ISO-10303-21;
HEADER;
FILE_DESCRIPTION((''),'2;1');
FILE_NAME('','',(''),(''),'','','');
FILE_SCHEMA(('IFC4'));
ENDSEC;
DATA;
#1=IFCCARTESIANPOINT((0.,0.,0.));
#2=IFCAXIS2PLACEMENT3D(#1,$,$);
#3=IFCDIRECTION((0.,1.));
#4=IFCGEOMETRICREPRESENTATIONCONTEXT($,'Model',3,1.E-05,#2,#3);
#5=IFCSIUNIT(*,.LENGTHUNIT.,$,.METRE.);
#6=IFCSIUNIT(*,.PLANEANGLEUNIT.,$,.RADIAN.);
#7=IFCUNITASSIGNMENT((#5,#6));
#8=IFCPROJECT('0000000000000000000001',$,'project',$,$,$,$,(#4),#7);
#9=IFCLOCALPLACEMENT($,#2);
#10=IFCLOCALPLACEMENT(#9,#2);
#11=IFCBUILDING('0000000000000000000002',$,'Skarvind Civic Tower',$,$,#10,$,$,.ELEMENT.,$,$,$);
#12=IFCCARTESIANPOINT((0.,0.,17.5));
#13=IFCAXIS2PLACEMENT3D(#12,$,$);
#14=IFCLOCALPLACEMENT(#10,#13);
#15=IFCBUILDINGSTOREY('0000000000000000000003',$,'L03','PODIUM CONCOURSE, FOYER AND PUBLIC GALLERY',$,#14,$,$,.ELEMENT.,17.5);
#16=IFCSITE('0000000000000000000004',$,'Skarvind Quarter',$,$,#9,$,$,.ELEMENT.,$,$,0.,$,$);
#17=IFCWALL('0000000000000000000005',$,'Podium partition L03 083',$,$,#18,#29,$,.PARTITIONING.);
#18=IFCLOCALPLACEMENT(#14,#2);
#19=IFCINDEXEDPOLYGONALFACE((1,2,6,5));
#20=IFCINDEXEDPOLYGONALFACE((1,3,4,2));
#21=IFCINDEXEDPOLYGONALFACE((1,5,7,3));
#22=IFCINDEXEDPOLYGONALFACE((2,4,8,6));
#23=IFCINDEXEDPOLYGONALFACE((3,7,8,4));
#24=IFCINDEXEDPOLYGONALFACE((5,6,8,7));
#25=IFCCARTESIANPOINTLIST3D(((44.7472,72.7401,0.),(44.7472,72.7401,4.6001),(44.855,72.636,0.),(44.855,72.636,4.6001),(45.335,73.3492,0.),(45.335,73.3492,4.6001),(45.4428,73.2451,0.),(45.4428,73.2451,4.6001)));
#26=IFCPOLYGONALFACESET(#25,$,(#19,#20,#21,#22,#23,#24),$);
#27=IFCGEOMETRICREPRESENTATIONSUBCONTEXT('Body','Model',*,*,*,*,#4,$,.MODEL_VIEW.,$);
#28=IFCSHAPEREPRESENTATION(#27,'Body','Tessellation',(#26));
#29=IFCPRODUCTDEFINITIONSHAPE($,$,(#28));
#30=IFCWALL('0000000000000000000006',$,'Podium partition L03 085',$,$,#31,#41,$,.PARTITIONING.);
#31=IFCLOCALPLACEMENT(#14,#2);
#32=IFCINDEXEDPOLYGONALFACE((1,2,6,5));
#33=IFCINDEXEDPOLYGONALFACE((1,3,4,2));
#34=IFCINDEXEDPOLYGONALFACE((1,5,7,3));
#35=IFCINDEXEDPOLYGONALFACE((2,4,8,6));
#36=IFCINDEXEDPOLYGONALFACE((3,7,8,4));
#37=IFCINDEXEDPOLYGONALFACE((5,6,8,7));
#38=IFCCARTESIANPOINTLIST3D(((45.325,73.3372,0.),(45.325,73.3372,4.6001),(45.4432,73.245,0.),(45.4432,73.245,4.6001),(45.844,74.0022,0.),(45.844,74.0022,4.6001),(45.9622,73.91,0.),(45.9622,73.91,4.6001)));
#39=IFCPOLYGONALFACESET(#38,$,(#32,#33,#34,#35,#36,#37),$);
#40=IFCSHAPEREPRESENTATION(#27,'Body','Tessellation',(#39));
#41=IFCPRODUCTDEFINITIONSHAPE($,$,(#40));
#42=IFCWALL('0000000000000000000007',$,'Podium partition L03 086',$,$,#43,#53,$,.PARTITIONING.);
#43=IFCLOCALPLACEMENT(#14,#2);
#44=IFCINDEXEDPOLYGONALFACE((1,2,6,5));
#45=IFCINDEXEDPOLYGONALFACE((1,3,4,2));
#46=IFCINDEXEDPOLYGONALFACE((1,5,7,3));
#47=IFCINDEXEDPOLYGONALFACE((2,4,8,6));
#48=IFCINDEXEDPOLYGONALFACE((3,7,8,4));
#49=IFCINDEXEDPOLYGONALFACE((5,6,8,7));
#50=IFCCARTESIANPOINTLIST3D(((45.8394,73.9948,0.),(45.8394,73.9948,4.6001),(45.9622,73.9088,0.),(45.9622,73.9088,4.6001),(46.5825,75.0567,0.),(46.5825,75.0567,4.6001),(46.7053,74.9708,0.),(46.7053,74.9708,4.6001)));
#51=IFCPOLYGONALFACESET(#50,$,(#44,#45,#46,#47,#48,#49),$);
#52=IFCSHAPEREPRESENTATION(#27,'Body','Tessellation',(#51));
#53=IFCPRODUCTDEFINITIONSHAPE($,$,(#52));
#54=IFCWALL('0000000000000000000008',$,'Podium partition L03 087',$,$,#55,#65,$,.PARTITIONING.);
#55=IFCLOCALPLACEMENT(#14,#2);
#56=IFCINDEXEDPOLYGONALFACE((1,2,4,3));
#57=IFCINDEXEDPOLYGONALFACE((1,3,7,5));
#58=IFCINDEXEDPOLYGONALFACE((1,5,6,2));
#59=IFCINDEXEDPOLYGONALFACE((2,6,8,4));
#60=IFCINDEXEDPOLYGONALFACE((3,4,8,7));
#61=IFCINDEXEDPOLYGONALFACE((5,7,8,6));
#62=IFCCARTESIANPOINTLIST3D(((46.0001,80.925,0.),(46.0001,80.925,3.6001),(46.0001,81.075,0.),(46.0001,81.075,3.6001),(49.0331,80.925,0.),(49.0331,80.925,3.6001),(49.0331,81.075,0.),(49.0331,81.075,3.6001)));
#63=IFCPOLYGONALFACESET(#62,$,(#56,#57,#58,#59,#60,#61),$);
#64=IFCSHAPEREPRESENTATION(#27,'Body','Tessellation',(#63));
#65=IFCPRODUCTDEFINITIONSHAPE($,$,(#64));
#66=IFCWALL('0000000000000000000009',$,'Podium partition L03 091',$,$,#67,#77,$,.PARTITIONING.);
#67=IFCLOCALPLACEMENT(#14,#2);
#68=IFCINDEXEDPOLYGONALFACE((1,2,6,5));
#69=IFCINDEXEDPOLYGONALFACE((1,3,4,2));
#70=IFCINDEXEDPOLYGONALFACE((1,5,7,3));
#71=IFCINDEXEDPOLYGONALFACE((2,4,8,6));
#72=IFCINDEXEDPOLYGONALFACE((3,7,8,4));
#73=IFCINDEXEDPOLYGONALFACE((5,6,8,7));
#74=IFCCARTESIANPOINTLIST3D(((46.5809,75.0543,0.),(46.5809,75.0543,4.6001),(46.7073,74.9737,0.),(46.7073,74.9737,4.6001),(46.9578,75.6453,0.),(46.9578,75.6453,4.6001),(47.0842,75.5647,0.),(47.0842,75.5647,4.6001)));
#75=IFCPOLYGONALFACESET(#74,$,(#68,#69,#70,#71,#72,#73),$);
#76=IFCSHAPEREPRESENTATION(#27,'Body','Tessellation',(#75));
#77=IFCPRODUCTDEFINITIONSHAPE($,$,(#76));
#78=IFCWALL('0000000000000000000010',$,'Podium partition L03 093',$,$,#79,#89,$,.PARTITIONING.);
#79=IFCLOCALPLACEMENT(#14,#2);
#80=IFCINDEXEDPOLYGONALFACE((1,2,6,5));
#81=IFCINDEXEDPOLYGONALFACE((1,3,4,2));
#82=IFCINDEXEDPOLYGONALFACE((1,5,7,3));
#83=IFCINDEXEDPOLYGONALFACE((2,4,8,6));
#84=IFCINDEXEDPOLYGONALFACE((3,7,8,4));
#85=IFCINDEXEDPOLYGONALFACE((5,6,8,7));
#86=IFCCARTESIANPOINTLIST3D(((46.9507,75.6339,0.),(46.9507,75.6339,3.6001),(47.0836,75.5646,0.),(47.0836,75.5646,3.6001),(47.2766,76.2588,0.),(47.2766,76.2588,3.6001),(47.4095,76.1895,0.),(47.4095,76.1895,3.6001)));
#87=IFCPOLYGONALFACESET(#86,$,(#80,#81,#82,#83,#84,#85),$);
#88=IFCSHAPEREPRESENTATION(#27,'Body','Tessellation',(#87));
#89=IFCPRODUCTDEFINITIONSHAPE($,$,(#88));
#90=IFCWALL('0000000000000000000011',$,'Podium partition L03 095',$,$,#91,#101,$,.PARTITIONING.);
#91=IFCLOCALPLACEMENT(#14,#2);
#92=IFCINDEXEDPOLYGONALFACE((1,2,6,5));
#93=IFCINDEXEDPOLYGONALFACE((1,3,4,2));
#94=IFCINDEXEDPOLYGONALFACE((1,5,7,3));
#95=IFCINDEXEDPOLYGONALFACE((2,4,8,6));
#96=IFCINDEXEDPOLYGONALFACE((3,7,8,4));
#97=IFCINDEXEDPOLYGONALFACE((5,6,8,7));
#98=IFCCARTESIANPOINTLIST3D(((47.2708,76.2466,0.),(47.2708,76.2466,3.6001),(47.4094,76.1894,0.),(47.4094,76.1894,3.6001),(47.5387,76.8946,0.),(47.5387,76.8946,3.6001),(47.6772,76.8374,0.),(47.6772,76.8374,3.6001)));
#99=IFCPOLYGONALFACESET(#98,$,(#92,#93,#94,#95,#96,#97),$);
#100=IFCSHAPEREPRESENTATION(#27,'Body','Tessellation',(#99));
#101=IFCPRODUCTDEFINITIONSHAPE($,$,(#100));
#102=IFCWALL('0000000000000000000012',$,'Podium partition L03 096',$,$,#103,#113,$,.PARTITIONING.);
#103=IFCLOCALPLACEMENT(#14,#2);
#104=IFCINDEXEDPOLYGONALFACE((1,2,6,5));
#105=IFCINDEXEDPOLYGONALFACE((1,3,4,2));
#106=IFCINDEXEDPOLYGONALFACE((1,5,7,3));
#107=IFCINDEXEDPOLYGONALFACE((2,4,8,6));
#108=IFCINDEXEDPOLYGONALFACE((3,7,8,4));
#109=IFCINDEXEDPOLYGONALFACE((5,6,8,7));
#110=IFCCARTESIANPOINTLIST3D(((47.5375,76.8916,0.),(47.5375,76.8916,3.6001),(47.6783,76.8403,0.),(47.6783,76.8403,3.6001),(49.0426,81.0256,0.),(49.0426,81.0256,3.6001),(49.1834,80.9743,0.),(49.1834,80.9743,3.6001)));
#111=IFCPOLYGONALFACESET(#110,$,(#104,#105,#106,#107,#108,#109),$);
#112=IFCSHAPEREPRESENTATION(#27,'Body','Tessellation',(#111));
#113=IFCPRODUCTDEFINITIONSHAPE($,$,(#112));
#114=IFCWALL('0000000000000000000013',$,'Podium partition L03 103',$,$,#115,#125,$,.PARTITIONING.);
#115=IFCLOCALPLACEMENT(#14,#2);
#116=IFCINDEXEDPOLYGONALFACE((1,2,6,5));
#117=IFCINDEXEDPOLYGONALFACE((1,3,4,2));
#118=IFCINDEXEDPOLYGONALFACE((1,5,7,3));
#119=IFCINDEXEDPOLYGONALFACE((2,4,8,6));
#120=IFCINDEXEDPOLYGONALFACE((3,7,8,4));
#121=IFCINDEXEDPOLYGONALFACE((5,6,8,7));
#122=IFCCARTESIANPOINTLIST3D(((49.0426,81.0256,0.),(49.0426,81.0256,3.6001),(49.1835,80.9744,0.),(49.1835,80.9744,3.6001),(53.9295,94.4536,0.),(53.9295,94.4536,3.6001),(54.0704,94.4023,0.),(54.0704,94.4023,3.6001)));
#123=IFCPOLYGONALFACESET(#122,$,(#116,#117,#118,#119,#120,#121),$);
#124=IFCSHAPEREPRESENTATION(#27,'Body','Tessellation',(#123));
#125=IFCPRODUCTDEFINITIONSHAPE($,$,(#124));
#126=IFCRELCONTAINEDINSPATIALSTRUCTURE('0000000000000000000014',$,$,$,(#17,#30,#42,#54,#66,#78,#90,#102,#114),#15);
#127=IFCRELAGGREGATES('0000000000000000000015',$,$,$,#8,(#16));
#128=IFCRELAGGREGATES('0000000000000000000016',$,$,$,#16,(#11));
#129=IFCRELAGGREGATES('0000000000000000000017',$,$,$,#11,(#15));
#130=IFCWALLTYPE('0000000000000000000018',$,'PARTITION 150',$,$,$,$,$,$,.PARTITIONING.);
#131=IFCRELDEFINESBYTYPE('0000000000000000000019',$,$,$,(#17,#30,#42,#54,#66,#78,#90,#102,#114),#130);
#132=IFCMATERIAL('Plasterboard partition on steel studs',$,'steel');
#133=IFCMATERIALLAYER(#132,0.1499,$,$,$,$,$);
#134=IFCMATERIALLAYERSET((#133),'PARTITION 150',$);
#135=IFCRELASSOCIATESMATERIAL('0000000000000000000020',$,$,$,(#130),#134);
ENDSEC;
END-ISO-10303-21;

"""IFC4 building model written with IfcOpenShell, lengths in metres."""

from ifc_helpers import new_model, si_unit, direction, frame, frame_2d, origin, place, context, subcontext, project, spatial, rectangle, extrude, material, layer, layer_set, type_object, element, save


model = new_model("IFC4")

# Units and contexts
model_context = context("Model", 3, precision=1e-05, world=origin(), true_north=direction((0.0, 1.0)))
body_context = subcontext(model_context, "Body", "Model", "MODEL_VIEW")
ifc_project = project(units=[si_unit("LENGTHUNIT", "METRE"), si_unit("PLANEANGLEUNIT", "RADIAN")], contexts=[model_context])

# Site, building, storey
site_placement = place(None, origin())
site = spatial("IfcSite", under=ifc_project, at=site_placement, Name="Skarvind Quarter", CompositionType="ELEMENT", RefElevation=0.0)
building_placement = place(site_placement, origin())
building = spatial("IfcBuilding", under=site, at=building_placement, Name="Skarvind Civic Tower", CompositionType="ELEMENT")
storey_placement = place(building_placement, frame((0.0, 0.0, 17.5)))
storey = spatial("IfcBuildingStorey", under=building, at=storey_placement, Name="L03", Description="PODIUM CONCOURSE, FOYER AND PUBLIC GALLERY", CompositionType="ELEMENT", Elevation=17.5)

# Walls
ifc_material_1 = material(Name="Plasterboard partition on steel studs", Category="steel")
ifc_layer = layer(ifc_material_1, 0.1499)
ifc_layer_set = layer_set([ifc_layer], Name="PARTITION 150")
wall_type = type_object("IfcWallType", Name="PARTITION 150", PredefinedType="PARTITIONING", material=ifc_layer_set)
wall_1_placement = place(storey_placement, frame((44.801, 72.688, 0.0), z_axis=(0.0, 0.0, 1.0), x_axis=(0.69445, 0.719541, 0.0)))
element("IfcWall", 1, at=wall_1_placement, inside=storey, type_object=wall_type, Name="Podium partition L03 083", PredefinedType="PARTITIONING", context=body_context, shape_type="SweptSolid", body=[
    extrude(rectangle(XDim=0.8464, YDim=0.1499, at=frame_2d((0.4233, 0.0))), origin(), (0.0, 0.0, 1.0), 4.6001),
])
wall_2_placement = place(storey_placement, frame((45.384, 73.291, 0.0), z_axis=(0.0, 0.0, 1.0), x_axis=(0.615262, 0.788323, 0.0)))
element("IfcWall", 2, at=wall_2_placement, inside=storey, type_object=wall_type, Name="Podium partition L03 085", PredefinedType="PARTITIONING", context=body_context, shape_type="SweptSolid", body=[
    extrude(rectangle(XDim=0.8435, YDim=0.1499, at=frame_2d((0.4219, 0.0))), origin(), (0.0, 0.0, 1.0), 4.6001),
])
wall_3_placement = place(storey_placement, frame((45.9009, 73.9519, 0.0), z_axis=(0.0, 0.0, 1.0), x_axis=(0.573336, 0.81932, 0.0)))
element("IfcWall", 3, at=wall_3_placement, inside=storey, type_object=wall_type, Name="Podium partition L03 086", PredefinedType="PARTITIONING", context=body_context, shape_type="SweptSolid", body=[
    extrude(rectangle(XDim=1.2961, YDim=0.1499, at=frame_2d((0.6479, 0.0))), origin(), (0.0, 0.0, 1.0), 4.6001),
])
wall_4_placement = place(storey_placement, frame((46.0, 81.0, 0.0), z_axis=(0.0, 0.0, 1.0), x_axis=(1.0, 0.0, 0.0)))
element("IfcWall", 4, at=wall_4_placement, inside=storey, type_object=wall_type, Name="Podium partition L03 087", PredefinedType="PARTITIONING", context=body_context, shape_type="SweptSolid", body=[
    extrude(rectangle(XDim=3.033, YDim=0.1499, at=frame_2d((1.5166, 0.0))), origin(), (0.0, 0.0, 1.0), 3.6001),
])
wall_5_placement = place(storey_placement, frame((46.644, 75.0139, 0.0), z_axis=(0.0, 0.0, 1.0), x_axis=(0.537709, 0.84313, 0.0)))
element("IfcWall", 5, at=wall_5_placement, inside=storey, type_object=wall_type, Name="Podium partition L03 091", PredefinedType="PARTITIONING", context=body_context, shape_type="SweptSolid", body=[
    extrude(rectangle(XDim=0.7009, YDim=0.1499, at=frame_2d((0.3506, 0.0))), origin(), (0.0, 0.0, 1.0), 4.6001),
])
wall_6_placement = place(storey_placement, frame((47.0171, 75.5991, 0.0), z_axis=(0.0, 0.0, 1.0), x_axis=(0.462388, 0.886677, 0.0)))
element("IfcWall", 6, at=wall_6_placement, inside=storey, type_object=wall_type, Name="Podium partition L03 093", PredefinedType="PARTITIONING", context=body_context, shape_type="SweptSolid", body=[
    extrude(rectangle(XDim=0.7048, YDim=0.1499, at=frame_2d((0.3525, 0.0))), origin(), (0.0, 0.0, 1.0), 3.6001),
])
wall_7_placement = place(storey_placement, frame((47.3401, 76.218, 0.0), z_axis=(0.0, 0.0, 1.0), x_axis=(0.381993, 0.924165, 0.0)))
element("IfcWall", 7, at=wall_7_placement, inside=storey, type_object=wall_type, Name="Podium partition L03 095", PredefinedType="PARTITIONING", context=body_context, shape_type="SweptSolid", body=[
    extrude(rectangle(XDim=0.7012, YDim=0.1499, at=frame_2d((0.3506, 0.0))), origin(), (0.0, 0.0, 1.0), 3.6001),
])
wall_8_placement = place(storey_placement, frame((47.6079, 76.866, 0.0), z_axis=(0.0, 0.0, 1.0), x_axis=(0.342113, 0.939659, 0.0)))
element("IfcWall", 8, at=wall_8_placement, inside=storey, type_object=wall_type, Name="Podium partition L03 096", PredefinedType="PARTITIONING", context=body_context, shape_type="SweptSolid", body=[
    extrude(rectangle(XDim=4.3994, YDim=0.1499, at=frame_2d((2.1997, 0.0))), origin(), (0.0, 0.0, 1.0), 3.6001),
])
wall_9_placement = place(storey_placement, frame((49.113, 81.0, 0.0), z_axis=(0.0, 0.0, 1.0), x_axis=(0.341994, 0.939702, 0.0)))
element("IfcWall", 9, at=wall_9_placement, inside=storey, type_object=wall_type, Name="Podium partition L03 103", PredefinedType="PARTITIONING", context=body_context, shape_type="SweptSolid", body=[
    extrude(rectangle(XDim=14.2896, YDim=0.1499, at=frame_2d((7.1448, 0.0))), origin(), (0.0, 0.0, 1.0), 3.6001),
])

save(model, "model.ifc")
